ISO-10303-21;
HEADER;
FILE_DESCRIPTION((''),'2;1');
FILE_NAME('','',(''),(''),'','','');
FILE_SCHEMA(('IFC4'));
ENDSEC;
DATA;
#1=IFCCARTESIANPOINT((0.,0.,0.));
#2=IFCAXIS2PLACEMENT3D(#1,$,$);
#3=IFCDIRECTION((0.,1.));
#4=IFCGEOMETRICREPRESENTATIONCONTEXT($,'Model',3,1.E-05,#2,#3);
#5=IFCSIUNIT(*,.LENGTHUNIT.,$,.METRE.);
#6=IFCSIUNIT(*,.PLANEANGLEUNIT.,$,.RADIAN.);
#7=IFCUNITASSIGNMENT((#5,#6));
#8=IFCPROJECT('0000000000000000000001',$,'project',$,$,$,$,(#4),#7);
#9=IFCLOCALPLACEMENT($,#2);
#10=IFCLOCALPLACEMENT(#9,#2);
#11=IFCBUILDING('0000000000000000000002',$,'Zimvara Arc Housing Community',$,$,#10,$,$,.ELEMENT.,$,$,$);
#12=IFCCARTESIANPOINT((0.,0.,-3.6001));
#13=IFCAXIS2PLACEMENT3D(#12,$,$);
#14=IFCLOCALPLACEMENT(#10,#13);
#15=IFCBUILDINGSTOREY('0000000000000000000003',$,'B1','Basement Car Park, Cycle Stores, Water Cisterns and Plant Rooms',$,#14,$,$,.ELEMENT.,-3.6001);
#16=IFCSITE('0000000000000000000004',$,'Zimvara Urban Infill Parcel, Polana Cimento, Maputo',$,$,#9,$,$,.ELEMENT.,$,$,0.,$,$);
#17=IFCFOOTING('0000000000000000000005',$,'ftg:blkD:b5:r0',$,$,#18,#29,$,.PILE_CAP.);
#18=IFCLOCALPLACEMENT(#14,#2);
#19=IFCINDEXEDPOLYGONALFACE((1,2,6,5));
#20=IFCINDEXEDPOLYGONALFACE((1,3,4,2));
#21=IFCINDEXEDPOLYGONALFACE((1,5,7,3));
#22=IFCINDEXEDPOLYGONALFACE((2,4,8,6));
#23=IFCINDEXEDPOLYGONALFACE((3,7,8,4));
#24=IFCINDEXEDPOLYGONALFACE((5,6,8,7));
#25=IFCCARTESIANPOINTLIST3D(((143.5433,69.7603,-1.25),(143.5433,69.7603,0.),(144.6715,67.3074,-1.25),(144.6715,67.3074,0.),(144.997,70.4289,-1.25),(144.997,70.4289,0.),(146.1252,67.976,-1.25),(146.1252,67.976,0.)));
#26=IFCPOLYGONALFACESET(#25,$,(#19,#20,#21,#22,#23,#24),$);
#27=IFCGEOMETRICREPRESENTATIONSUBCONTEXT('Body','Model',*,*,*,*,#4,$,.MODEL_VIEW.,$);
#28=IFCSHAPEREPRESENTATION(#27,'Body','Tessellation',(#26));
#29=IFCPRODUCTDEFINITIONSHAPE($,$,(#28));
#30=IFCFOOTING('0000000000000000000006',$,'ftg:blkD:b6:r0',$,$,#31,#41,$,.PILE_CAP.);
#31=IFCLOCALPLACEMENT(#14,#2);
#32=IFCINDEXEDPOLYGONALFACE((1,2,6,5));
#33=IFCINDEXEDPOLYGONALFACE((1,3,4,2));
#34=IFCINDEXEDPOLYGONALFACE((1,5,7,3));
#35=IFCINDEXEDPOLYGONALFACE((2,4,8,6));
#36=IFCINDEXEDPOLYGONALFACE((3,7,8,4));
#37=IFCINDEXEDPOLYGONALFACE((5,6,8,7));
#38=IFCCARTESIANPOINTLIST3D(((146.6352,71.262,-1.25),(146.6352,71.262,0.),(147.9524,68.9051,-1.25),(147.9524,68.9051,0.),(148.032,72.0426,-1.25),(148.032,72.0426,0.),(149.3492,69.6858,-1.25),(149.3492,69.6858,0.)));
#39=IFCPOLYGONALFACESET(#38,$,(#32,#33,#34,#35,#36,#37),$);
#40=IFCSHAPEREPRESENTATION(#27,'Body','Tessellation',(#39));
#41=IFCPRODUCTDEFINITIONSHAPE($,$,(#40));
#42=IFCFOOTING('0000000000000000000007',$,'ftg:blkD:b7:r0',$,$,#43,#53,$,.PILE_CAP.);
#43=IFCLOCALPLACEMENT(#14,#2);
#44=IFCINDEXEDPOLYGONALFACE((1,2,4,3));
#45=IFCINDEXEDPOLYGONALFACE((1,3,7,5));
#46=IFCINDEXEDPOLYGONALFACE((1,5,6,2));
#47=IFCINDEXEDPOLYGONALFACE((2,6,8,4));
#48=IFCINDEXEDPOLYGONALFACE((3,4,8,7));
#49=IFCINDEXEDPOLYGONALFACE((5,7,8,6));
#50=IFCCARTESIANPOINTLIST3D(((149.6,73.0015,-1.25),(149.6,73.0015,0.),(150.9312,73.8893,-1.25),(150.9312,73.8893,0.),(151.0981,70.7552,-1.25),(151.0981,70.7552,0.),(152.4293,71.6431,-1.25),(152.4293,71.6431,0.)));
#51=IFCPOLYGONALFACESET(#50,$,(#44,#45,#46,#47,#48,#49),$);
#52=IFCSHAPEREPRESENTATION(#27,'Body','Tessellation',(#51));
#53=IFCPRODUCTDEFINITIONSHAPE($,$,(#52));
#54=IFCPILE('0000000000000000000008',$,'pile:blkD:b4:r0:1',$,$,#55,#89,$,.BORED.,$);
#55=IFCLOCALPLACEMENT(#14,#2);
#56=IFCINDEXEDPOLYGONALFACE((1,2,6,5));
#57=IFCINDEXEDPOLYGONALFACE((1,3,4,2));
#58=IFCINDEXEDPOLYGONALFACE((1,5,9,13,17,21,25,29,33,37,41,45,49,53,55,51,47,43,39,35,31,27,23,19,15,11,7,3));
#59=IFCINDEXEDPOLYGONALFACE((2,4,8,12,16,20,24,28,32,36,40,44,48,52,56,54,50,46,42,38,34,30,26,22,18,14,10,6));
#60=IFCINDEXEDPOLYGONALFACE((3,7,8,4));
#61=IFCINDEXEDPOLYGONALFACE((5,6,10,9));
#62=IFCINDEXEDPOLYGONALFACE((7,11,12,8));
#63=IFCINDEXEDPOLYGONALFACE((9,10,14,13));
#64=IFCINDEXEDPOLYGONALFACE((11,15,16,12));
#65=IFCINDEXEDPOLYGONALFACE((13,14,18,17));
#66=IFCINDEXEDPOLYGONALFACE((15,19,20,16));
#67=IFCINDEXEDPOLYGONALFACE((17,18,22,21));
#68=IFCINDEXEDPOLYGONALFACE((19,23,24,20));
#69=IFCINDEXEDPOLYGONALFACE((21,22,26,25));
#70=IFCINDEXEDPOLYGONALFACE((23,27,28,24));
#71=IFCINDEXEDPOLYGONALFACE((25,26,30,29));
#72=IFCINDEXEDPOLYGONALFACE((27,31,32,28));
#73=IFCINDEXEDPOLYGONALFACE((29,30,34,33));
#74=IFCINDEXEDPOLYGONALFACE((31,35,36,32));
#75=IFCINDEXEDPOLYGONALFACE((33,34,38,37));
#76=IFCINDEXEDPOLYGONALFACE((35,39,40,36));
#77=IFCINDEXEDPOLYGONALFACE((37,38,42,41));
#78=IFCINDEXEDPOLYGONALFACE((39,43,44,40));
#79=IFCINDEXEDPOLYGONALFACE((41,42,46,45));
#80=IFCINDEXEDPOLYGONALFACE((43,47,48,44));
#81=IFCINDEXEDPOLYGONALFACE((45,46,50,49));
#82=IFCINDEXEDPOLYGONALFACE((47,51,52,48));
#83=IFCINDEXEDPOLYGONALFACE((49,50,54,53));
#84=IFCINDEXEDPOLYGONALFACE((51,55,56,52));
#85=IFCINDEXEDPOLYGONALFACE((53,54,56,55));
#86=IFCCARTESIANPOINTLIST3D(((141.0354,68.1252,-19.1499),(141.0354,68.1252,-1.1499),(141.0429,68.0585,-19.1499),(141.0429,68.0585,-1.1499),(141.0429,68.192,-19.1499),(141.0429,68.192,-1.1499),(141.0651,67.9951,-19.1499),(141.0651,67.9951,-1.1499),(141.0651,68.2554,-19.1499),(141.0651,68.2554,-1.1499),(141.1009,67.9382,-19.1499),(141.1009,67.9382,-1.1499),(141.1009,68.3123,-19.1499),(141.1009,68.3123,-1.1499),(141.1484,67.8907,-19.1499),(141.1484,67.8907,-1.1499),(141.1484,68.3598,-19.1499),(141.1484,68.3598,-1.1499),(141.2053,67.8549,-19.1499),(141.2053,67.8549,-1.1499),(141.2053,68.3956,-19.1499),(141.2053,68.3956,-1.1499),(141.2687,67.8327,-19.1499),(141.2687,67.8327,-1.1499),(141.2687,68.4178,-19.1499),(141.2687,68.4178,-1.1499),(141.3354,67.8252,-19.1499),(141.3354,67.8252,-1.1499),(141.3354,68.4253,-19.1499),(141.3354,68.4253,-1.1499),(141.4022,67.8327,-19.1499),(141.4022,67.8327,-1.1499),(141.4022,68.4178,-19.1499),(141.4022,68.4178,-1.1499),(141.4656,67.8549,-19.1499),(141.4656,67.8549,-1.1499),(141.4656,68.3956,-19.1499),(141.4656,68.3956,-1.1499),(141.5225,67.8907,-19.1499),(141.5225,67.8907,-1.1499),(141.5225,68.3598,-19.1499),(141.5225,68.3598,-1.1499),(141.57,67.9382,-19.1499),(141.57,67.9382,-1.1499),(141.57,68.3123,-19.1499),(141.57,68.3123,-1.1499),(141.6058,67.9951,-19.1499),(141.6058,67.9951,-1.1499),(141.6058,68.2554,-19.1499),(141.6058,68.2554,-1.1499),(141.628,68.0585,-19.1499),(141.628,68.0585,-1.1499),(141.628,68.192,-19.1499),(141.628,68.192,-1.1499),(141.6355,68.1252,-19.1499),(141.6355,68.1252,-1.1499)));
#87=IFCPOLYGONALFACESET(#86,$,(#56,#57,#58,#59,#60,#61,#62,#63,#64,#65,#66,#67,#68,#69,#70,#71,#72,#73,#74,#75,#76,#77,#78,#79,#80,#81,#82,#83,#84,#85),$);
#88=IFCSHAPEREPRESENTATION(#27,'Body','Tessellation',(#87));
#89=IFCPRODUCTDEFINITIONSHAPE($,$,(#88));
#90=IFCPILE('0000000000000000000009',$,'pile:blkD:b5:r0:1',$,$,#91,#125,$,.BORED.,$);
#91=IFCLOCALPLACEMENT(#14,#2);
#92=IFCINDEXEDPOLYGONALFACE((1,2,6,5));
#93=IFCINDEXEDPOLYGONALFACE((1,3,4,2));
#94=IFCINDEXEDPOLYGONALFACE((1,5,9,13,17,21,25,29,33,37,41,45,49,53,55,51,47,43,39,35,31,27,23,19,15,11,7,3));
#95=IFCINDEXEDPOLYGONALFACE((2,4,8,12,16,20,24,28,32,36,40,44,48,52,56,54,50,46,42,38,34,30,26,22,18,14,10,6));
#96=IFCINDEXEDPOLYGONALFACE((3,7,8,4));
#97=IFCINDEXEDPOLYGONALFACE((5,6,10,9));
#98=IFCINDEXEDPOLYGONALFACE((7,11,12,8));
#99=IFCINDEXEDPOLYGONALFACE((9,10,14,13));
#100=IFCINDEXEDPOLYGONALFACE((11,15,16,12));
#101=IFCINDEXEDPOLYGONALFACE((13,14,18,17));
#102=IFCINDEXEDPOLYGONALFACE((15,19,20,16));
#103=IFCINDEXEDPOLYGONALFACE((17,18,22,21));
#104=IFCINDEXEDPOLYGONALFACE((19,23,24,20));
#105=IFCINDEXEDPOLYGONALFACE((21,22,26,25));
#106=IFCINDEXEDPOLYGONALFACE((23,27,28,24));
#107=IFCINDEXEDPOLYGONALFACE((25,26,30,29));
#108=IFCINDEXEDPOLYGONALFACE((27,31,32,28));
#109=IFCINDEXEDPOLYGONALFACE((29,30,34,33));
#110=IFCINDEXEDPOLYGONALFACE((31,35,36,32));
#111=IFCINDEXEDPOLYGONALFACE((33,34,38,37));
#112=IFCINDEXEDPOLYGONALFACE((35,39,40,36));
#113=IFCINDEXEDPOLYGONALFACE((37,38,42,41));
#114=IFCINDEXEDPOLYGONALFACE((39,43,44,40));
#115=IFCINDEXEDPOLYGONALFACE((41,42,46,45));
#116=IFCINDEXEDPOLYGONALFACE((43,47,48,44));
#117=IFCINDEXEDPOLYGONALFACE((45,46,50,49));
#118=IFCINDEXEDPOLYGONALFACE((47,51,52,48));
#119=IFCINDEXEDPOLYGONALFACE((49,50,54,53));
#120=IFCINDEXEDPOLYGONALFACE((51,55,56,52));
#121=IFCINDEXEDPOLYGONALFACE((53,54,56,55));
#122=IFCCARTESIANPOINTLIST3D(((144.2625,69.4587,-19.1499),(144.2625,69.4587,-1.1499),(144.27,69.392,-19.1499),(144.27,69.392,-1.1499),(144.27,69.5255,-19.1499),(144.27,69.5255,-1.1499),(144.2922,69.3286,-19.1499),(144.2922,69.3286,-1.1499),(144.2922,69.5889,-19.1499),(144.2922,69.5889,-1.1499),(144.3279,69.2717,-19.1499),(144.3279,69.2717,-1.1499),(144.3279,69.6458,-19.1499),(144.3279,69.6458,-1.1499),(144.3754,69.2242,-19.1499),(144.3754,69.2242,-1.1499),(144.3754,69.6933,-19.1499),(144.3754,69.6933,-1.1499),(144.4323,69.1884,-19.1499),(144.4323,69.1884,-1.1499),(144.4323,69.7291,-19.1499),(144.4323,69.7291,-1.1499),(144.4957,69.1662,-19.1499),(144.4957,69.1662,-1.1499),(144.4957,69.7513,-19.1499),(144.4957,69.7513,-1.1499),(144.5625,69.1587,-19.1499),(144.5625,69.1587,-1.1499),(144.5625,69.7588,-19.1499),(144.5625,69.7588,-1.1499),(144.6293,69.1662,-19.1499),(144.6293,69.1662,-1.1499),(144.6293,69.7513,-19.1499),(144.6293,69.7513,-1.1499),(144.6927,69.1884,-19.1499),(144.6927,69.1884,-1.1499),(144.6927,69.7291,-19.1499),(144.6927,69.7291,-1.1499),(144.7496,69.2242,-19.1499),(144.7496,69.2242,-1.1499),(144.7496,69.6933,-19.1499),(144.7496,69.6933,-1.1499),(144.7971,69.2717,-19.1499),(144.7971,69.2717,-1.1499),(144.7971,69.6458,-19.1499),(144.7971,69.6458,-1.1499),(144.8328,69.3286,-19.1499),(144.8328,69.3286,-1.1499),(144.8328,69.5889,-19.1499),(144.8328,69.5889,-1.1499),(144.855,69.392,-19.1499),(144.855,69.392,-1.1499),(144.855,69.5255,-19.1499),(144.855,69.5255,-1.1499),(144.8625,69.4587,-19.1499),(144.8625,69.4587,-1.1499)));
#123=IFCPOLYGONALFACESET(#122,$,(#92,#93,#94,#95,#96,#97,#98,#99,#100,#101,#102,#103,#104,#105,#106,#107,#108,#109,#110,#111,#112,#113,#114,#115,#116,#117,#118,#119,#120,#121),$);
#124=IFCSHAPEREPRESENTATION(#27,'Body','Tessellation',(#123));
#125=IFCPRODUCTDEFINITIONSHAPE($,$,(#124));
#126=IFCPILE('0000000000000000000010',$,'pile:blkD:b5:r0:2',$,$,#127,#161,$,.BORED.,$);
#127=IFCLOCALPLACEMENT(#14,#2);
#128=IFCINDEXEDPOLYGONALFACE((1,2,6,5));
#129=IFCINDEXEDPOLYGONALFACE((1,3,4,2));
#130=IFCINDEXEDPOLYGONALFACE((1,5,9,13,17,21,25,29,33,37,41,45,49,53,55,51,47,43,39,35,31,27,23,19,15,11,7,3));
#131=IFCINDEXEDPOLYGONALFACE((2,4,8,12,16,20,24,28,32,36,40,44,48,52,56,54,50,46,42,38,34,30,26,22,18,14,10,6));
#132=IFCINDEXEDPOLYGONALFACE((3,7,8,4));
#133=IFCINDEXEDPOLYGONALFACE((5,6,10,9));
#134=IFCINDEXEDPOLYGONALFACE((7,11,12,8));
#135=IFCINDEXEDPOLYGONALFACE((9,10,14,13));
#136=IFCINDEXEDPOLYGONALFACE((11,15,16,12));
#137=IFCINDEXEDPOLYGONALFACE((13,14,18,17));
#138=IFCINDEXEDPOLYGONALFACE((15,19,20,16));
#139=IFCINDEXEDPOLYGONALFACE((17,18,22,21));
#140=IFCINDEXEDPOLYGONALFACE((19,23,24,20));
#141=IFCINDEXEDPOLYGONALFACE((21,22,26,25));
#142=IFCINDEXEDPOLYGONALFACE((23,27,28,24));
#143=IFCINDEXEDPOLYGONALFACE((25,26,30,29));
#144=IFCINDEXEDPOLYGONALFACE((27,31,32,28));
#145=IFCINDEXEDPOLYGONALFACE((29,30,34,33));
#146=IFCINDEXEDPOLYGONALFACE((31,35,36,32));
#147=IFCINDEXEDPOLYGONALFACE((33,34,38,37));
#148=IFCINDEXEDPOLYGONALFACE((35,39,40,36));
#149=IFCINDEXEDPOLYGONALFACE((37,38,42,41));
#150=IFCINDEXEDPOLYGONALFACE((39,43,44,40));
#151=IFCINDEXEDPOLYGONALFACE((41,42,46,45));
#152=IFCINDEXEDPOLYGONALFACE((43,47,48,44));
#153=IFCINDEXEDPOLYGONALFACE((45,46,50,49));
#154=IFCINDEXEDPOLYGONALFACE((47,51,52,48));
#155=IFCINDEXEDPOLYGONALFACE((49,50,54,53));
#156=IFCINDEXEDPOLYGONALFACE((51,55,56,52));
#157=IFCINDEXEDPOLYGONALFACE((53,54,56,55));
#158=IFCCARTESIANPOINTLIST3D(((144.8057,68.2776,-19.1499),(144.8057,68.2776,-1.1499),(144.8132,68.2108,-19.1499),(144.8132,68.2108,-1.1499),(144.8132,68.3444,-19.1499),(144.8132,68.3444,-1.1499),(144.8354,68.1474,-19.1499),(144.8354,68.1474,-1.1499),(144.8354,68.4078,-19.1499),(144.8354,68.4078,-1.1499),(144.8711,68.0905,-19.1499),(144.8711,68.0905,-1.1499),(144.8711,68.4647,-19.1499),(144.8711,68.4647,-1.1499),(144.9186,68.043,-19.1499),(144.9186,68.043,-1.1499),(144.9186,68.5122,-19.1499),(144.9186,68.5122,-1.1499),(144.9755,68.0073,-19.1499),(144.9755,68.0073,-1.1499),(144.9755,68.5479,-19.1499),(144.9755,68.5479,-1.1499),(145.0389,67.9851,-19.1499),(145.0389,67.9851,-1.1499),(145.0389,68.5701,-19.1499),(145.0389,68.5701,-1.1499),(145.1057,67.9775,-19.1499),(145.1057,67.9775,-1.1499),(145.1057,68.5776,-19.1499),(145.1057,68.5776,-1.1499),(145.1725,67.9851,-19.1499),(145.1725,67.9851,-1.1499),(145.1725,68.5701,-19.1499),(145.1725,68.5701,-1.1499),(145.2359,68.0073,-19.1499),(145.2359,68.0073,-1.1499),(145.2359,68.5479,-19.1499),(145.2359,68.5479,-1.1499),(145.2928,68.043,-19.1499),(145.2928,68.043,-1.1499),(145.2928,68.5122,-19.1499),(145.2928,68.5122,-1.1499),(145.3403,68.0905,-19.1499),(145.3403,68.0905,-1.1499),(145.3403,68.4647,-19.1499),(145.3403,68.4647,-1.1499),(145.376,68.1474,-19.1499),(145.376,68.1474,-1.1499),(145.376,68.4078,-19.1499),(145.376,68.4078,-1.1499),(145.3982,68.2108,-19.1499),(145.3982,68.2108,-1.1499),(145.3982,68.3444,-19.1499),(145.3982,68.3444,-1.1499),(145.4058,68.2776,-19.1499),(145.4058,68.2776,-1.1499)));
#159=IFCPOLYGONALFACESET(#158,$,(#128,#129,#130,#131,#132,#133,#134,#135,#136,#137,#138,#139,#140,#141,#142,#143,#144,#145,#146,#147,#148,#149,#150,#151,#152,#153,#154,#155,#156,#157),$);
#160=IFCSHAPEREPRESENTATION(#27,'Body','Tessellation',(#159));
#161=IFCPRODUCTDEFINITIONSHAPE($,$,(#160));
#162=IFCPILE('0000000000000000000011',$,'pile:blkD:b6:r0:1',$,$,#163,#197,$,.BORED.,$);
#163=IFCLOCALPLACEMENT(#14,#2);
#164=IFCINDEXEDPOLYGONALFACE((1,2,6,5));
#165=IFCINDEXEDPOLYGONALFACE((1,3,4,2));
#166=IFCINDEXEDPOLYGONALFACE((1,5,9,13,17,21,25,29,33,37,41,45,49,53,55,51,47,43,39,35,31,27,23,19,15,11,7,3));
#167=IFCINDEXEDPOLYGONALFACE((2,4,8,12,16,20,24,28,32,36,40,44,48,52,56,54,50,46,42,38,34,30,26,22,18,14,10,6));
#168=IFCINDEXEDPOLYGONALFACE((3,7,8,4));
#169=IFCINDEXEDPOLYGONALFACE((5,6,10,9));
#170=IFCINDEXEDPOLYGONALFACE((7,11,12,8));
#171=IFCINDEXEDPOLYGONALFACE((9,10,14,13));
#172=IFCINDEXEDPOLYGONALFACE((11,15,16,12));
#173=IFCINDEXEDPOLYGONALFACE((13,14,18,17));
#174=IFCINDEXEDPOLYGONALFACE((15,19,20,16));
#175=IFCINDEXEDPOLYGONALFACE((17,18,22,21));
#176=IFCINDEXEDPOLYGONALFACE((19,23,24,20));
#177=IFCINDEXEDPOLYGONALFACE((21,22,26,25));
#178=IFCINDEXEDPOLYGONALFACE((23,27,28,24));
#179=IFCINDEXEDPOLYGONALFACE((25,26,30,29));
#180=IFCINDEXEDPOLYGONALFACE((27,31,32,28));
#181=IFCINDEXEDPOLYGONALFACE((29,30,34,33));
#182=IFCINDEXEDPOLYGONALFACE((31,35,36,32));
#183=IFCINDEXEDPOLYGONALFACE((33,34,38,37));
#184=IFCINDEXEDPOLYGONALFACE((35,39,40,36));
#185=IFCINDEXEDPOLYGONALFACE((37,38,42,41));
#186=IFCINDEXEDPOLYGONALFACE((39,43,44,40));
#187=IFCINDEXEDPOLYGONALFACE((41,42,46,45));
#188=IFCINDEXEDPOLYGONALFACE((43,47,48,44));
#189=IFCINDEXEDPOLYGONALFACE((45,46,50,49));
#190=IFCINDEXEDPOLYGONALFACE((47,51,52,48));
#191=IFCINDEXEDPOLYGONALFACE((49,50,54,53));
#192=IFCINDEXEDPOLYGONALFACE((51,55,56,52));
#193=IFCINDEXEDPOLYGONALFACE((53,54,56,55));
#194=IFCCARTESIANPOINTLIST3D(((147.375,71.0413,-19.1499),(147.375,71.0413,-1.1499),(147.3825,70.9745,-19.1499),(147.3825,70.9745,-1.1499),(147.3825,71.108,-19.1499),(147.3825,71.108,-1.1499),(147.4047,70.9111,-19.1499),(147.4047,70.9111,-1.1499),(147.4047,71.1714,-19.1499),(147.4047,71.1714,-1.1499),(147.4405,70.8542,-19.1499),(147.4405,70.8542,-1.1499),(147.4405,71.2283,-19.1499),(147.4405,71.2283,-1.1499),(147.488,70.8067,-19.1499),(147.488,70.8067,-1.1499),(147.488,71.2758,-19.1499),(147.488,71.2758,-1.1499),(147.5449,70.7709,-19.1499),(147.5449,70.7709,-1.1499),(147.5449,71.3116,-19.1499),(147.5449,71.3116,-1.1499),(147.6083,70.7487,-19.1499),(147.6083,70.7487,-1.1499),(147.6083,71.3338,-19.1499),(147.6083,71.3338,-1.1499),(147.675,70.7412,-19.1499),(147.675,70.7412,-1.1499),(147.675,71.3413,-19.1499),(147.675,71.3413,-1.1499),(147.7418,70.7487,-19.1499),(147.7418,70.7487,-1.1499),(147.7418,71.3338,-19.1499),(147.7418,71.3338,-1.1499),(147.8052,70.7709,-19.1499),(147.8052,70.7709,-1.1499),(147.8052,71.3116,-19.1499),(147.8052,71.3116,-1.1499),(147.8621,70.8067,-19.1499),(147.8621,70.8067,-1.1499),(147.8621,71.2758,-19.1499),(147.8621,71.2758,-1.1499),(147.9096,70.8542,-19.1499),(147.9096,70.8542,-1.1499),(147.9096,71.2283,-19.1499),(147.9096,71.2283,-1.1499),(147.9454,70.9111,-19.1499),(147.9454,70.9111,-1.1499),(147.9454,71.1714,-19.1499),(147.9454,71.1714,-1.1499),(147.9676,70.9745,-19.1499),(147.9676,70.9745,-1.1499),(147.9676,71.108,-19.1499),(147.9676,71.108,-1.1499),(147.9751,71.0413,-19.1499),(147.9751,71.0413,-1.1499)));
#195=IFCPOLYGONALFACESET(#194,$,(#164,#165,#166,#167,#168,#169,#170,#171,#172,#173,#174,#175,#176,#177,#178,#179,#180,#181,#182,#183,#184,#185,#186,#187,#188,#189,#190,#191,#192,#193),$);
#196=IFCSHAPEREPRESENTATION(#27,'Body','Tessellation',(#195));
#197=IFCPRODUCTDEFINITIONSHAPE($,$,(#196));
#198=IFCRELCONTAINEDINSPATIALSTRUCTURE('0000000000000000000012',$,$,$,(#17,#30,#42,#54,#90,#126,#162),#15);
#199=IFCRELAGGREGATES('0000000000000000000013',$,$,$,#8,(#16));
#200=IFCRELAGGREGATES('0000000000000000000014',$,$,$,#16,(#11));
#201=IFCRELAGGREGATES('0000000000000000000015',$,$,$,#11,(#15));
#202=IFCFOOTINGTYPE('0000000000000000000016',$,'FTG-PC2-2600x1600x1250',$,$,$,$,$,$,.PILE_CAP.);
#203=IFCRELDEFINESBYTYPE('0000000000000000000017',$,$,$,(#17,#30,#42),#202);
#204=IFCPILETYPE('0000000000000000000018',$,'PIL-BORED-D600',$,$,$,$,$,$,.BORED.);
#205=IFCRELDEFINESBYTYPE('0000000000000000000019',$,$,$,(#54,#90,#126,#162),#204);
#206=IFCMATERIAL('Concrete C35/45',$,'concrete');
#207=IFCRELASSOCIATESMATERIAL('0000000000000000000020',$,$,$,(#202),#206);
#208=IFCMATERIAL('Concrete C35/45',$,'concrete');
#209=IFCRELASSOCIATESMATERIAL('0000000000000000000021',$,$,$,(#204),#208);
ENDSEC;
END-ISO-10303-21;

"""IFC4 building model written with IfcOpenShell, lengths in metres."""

from ifc_helpers import new_model, si_unit, direction, frame, origin, origin_2d, place, context, subcontext, project, spatial, rectangle, circle, extrude, material, material_profile, profile_set, type_object, element, save


model = new_model("IFC4")

# Units and contexts
model_context = context("Model", 3, precision=1e-05, world=origin(), true_north=direction((0.0, 1.0)))
body_context = subcontext(model_context, "Body", "Model", "MODEL_VIEW")
ifc_project = project(units=[si_unit("LENGTHUNIT", "METRE"), si_unit("PLANEANGLEUNIT", "RADIAN")], contexts=[model_context])

# Site, building, storey
site_placement = place(None, origin())
site = spatial("IfcSite", under=ifc_project, at=site_placement, Name="Zimvara Urban Infill Parcel, Polana Cimento, Maputo", CompositionType="ELEMENT", RefElevation=0.0)
building_placement = place(site_placement, origin())
building = spatial("IfcBuilding", under=site, at=building_placement, Name="Zimvara Arc Housing Community", CompositionType="ELEMENT")
storey_placement = place(building_placement, frame((0.0, 0.0, -3.6001)))
storey = spatial("IfcBuildingStorey", under=building, at=storey_placement, Name="B1", Description="Basement Car Park, Cycle Stores, Water Cisterns and Plant Rooms", CompositionType="ELEMENT", Elevation=-3.6001)

# Footings
ifc_material_1 = material(Name="Concrete C35/45", Category="concrete")
footing_type = type_object("IfcFootingType", Name="FTG-PC2-2600x1600x1250", PredefinedType="PILE_CAP", material=ifc_material_1)
for number, where, z_axis, x_axis, name in (
    (1, (144.8342, 68.8682, -1.25), (0.0, 0.0, 1.0), (0.417867, -0.908508, 0.0), "ftg:blkD:b5:r0"),
    (2, (147.9922, 70.4739, -1.25), (0.0, 0.0, 1.0), (0.48786, -0.872922, 0.0), "ftg:blkD:b6:r0"),
    (3, (151.0146, 72.3223, -1.25), (0.0, 0.0, 1.0), (0.554844, -0.831954, 0.0), "ftg:blkD:b7:r0"),
):
    element("IfcFooting", number, at=place(storey_placement, frame(where, z_axis=z_axis, x_axis=x_axis)), inside=storey, type_object=footing_type, Name=name, PredefinedType="PILE_CAP", context=body_context, shape_type="SweptSolid", body=[
        extrude(rectangle(XDim=2.7, YDim=1.6001, at=origin_2d()), origin(), (0.0, 0.0, 1.0), 1.25),
    ])

# Piles
ifc_material_2 = material(Name="Concrete C35/45", Category="concrete")
ifc_material_profile_1 = material_profile(ifc_material_2, circle(Radius=0.3, at=origin_2d()), Name="PILE D600")
ifc_profile_set_1 = profile_set([ifc_material_profile_1], Name="Concrete C35/45")
pile_type = type_object("IfcPileType", Name="PIL-BORED-D600", PredefinedType="BORED", material=ifc_profile_set_1)
for number, where, z_axis, x_axis, name in (
    (4, (141.3354, 68.1252, -1.1499), (0.0, 0.0, -1.0), (1.0, 0.0, 0.0), "pile:blkD:b4:r0:1"),
    (5, (144.5625, 69.4587, -1.1499), (0.0, 0.0, -1.0), (1.0, 0.0, 0.0), "pile:blkD:b5:r0:1"),
    (6, (145.1057, 68.2776, -1.1499), (0.0, 0.0, -1.0), (1.0, 0.0, 0.0), "pile:blkD:b5:r0:2"),
    (7, (147.675, 71.0413, -1.1499), (0.0, 0.0, -1.0), (1.0, 0.0, 0.0), "pile:blkD:b6:r0:1"),
):
    element("IfcPile", number, at=place(storey_placement, frame(where, z_axis=z_axis, x_axis=x_axis)), inside=storey, type_object=pile_type, Name=name, PredefinedType="BORED", context=body_context, shape_type="SweptSolid", body=[
        extrude(circle(Radius=0.3, at=origin_2d()), origin(), (0.0, 0.0, 1.0), 18.0),
    ])

save(model, "model.ifc")
